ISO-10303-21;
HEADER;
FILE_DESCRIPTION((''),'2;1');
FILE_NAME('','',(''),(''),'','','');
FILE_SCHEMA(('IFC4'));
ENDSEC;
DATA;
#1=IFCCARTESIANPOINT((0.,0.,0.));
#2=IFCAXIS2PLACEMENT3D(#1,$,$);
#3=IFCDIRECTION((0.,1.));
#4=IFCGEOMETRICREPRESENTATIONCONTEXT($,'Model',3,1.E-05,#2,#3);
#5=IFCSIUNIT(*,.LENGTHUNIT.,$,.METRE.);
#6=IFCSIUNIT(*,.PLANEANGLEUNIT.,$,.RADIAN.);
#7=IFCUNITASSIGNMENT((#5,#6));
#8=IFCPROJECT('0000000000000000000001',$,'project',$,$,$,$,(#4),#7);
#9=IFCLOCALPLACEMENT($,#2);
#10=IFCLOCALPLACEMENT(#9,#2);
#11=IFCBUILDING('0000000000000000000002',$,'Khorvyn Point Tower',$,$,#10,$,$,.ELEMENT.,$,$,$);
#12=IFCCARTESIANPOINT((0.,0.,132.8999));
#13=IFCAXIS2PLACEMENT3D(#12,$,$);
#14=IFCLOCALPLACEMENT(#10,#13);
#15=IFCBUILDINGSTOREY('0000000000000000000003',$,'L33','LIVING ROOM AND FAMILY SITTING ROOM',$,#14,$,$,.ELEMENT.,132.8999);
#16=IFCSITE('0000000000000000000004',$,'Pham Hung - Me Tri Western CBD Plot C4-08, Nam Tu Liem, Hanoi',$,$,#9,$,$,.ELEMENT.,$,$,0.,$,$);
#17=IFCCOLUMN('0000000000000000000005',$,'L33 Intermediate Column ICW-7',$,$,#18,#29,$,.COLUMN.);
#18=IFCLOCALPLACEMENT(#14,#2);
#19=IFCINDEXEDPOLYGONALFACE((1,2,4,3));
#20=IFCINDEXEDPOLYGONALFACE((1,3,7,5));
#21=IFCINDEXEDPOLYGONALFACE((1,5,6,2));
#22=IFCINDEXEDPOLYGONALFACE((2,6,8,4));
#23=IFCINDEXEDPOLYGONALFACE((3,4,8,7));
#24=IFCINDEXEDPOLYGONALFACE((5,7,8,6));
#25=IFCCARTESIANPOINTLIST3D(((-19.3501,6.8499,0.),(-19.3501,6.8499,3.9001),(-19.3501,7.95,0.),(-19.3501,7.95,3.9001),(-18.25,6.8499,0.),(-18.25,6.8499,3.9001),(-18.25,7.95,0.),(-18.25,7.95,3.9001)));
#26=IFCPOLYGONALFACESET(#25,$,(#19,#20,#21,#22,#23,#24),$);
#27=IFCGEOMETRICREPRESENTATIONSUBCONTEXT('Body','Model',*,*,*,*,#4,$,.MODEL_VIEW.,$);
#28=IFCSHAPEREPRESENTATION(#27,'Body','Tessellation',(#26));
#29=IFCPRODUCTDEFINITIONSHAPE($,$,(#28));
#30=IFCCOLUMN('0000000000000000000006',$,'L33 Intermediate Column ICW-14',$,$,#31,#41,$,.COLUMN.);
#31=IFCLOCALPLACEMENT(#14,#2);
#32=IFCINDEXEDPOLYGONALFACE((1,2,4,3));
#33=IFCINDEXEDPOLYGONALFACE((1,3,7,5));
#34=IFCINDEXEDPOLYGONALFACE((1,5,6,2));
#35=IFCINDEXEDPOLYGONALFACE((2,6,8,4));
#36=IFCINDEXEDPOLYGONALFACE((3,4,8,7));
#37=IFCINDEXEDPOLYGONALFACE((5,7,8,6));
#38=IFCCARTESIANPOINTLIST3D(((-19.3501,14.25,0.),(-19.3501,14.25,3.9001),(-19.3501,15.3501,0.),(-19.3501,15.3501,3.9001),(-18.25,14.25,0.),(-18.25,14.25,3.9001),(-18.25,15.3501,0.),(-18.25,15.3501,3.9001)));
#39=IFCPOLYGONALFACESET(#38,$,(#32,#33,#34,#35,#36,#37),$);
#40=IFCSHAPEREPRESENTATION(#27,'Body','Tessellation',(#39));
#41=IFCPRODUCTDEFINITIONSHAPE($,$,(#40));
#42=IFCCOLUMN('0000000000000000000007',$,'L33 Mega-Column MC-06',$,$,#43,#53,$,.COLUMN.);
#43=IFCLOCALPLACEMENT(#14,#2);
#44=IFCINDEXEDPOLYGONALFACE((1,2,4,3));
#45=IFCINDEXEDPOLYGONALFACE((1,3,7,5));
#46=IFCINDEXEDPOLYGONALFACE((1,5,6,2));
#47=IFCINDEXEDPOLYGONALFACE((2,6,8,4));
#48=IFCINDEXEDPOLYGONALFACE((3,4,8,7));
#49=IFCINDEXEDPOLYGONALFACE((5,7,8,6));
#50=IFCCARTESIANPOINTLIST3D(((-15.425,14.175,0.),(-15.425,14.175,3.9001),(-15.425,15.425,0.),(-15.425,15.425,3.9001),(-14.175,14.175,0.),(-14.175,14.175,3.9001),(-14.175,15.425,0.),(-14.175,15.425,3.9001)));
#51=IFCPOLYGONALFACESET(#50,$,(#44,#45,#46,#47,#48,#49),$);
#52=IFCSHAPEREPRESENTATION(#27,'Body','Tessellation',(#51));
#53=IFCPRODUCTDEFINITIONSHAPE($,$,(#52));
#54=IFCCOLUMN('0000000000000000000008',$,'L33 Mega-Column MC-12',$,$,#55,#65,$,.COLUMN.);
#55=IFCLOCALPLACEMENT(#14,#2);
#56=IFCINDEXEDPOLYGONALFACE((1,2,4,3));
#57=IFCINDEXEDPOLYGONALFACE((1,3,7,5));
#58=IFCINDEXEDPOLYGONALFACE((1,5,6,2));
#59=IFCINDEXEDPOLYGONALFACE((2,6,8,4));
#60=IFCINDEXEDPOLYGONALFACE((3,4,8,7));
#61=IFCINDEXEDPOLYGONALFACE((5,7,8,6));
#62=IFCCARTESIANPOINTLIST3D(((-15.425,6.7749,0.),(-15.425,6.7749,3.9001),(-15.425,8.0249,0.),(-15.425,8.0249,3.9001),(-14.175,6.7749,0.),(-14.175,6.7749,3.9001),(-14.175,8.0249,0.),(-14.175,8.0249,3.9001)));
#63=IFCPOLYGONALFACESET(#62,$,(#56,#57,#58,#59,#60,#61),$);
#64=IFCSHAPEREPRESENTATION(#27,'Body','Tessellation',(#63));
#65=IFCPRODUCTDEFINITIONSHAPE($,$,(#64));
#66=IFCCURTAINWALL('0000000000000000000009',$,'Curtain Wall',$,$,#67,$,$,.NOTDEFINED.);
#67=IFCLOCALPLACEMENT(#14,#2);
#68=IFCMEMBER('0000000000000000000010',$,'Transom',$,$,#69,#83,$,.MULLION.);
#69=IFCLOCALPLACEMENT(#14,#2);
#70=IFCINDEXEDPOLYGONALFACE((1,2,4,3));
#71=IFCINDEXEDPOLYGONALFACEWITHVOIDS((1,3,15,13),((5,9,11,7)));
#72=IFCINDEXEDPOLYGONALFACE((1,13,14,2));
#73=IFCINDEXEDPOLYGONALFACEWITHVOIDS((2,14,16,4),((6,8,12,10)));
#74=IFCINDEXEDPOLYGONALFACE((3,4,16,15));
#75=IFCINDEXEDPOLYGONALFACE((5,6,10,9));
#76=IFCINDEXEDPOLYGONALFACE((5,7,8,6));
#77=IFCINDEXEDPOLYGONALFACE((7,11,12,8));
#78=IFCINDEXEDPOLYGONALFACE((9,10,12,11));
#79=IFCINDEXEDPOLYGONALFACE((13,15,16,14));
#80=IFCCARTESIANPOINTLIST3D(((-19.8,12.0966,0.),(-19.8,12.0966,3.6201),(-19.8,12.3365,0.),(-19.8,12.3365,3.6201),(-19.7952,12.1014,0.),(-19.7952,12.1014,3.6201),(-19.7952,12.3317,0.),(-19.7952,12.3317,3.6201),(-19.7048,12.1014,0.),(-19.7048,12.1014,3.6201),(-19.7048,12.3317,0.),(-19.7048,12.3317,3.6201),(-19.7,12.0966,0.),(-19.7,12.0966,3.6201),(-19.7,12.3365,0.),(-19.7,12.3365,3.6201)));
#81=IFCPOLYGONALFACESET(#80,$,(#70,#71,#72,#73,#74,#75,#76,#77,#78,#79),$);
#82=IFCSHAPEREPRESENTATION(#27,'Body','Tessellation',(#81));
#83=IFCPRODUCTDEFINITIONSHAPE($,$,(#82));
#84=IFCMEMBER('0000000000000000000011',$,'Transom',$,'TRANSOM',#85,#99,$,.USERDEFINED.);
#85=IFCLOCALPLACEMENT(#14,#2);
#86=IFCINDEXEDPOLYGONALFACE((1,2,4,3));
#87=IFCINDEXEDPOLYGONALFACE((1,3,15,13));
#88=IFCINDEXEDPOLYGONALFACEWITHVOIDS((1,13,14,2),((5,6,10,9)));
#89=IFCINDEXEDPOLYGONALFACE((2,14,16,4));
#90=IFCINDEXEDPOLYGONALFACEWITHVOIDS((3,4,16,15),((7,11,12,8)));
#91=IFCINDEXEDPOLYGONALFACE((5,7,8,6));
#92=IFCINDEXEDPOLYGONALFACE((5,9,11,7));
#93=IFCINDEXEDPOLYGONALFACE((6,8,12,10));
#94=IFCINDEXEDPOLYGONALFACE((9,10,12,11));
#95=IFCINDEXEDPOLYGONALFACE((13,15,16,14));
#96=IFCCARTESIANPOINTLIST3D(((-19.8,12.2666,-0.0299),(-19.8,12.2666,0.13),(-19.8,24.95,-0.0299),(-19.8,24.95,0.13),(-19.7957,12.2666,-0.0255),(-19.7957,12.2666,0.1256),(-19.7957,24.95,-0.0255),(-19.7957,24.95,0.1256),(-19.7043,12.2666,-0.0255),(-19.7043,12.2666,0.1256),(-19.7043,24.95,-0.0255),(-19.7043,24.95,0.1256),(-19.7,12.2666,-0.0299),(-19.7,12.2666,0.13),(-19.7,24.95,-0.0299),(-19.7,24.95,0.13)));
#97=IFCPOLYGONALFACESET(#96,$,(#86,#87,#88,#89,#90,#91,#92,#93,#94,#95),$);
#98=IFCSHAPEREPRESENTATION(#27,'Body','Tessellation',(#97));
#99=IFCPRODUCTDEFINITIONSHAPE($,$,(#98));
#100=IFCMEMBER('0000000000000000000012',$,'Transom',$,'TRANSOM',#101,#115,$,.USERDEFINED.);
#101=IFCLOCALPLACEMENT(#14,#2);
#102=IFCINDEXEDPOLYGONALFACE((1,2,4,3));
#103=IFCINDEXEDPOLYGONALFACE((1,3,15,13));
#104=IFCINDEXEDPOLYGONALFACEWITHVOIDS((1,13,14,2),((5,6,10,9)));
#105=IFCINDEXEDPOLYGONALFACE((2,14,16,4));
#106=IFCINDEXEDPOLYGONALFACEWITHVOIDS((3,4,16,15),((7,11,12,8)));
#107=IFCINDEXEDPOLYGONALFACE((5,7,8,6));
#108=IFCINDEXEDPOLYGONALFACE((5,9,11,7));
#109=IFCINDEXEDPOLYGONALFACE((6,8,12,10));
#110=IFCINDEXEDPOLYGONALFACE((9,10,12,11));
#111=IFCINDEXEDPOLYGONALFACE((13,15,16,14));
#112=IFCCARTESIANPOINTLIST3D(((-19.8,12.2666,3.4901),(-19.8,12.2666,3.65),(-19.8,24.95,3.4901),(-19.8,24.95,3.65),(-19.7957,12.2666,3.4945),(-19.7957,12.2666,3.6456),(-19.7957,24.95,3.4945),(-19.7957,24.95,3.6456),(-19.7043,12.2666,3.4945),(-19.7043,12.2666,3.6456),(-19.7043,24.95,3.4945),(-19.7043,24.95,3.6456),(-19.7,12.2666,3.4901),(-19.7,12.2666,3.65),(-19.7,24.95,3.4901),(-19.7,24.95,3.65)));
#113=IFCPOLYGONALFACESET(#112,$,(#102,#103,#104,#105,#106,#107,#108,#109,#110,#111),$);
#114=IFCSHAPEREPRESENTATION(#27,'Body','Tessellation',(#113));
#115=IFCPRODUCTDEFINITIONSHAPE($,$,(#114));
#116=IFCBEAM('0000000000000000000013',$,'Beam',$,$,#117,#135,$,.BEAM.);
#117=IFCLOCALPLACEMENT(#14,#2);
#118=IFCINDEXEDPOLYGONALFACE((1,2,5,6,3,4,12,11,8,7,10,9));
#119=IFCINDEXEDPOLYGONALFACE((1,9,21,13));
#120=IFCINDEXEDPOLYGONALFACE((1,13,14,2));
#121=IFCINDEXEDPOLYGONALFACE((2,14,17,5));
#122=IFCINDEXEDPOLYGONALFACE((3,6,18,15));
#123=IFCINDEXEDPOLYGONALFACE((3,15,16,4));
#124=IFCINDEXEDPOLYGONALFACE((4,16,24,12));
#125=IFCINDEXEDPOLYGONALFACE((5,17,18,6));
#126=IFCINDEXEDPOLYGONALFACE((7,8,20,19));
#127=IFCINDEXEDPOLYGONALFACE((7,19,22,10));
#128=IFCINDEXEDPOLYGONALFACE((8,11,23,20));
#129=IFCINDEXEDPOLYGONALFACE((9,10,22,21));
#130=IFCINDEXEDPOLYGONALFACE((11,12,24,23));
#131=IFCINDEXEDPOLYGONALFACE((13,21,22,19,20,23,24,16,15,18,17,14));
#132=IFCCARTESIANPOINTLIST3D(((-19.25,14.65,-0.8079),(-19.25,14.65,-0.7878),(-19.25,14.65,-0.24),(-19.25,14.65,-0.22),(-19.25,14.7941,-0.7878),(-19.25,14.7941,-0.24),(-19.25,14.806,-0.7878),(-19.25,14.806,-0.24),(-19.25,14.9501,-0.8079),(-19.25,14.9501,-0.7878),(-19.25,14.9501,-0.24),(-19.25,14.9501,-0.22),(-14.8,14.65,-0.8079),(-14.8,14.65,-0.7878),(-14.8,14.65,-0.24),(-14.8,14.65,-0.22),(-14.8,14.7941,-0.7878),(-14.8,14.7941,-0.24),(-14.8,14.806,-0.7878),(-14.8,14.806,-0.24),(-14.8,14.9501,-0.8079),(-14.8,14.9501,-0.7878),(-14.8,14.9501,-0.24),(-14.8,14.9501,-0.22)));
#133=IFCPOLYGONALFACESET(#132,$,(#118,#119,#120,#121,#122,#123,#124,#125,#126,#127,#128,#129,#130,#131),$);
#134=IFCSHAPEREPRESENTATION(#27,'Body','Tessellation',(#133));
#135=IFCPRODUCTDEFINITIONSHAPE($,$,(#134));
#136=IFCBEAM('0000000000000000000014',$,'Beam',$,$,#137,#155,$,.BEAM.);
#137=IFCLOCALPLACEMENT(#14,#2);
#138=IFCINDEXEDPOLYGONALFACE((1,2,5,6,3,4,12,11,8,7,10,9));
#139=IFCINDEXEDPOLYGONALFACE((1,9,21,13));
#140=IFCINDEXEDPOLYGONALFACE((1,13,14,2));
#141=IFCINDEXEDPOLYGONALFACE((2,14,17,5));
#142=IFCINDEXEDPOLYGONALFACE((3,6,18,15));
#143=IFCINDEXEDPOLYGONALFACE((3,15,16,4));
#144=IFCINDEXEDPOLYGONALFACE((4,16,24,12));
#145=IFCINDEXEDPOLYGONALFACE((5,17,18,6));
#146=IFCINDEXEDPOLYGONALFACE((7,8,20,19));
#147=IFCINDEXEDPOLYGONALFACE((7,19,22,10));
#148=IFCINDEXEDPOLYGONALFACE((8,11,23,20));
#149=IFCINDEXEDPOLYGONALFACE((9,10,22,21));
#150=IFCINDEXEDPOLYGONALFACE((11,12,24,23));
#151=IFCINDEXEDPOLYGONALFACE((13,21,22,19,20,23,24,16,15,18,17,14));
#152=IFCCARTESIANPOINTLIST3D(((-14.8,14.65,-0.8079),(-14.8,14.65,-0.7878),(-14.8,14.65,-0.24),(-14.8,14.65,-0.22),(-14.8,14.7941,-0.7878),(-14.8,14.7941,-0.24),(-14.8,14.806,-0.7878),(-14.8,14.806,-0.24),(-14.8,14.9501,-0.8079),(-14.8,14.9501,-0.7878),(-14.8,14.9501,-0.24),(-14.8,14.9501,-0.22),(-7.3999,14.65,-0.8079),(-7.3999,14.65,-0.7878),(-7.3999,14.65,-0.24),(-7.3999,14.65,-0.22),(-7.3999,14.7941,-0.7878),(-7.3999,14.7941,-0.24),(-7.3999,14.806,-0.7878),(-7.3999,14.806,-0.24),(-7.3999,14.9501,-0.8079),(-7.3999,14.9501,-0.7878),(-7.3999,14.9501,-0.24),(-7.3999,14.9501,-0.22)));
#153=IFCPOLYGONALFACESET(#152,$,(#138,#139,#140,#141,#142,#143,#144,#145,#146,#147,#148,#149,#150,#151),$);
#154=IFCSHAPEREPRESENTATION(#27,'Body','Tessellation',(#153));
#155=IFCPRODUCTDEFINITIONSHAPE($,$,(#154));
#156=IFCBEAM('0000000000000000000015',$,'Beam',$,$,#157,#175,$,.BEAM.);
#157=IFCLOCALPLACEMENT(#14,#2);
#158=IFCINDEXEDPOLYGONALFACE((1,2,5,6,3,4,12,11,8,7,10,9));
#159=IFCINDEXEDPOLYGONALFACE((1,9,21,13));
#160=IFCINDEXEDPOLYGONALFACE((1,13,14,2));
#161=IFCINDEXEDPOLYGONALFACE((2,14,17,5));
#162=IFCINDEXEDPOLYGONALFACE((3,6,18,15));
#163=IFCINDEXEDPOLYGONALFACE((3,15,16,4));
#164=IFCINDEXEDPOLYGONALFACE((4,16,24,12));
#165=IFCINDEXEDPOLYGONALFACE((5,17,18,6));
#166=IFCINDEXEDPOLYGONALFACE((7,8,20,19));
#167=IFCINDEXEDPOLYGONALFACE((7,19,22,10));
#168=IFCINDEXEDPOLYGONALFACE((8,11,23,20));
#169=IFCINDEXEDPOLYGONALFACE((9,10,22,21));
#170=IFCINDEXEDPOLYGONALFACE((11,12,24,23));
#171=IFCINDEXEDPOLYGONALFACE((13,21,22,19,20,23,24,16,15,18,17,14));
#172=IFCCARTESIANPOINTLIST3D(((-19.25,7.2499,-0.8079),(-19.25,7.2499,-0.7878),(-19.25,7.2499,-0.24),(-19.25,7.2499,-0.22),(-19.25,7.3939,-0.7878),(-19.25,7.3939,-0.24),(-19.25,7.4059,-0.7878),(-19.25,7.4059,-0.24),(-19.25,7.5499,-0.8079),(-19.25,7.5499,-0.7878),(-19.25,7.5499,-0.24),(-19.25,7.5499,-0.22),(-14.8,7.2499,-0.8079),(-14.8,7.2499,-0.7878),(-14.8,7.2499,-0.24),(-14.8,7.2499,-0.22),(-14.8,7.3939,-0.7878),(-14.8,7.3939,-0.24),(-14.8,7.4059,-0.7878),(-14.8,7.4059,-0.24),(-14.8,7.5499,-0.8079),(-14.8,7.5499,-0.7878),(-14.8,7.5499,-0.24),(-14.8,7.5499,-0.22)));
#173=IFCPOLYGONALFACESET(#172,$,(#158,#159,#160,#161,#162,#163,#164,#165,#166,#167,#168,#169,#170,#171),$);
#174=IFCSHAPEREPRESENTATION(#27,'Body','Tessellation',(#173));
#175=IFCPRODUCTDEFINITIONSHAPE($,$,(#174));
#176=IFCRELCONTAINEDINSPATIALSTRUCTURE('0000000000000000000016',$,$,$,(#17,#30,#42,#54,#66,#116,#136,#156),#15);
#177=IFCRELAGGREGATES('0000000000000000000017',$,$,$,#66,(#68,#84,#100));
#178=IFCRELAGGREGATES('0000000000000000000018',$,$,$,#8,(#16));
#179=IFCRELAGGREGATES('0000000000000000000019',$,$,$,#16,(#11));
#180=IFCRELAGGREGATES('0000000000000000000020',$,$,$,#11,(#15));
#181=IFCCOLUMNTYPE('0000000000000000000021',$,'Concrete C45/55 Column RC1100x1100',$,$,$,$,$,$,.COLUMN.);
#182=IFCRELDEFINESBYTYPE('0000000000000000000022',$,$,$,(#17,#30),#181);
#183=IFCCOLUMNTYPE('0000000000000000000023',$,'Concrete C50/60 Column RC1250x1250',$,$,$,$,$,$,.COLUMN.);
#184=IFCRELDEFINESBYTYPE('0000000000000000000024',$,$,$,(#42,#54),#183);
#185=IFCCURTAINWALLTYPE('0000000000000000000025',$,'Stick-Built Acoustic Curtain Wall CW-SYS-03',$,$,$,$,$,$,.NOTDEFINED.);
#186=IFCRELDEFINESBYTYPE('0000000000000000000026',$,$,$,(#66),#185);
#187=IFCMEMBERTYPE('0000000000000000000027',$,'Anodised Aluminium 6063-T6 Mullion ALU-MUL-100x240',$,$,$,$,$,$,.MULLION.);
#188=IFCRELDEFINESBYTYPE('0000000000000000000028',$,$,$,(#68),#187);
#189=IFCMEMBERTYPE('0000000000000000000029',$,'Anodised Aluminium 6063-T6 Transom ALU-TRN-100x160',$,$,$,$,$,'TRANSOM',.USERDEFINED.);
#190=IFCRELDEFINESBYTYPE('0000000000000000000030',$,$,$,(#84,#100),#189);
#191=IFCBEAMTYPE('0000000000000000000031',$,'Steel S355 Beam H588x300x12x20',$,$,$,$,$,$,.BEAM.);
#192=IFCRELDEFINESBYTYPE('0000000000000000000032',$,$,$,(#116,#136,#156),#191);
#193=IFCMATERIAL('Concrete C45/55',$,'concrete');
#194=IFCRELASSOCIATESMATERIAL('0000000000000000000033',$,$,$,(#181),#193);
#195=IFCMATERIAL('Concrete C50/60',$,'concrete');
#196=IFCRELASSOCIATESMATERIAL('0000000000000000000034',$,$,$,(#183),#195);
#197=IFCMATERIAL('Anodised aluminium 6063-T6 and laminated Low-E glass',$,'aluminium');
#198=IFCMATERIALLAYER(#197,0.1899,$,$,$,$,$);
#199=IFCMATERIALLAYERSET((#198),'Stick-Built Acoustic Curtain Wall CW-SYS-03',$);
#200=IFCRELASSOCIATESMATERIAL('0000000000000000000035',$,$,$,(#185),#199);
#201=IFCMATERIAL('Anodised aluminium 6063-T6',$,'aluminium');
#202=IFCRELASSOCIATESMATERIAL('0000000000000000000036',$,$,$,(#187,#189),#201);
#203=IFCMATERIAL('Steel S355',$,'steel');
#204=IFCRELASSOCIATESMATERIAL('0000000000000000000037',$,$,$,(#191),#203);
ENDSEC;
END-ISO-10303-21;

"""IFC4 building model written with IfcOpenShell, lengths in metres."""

from ifc_helpers import new_model, si_unit, direction, frame, origin, origin_2d, place, context, subcontext, project, spatial, rectangle, hollow_rectangle, i_section, extrude, material, layer, layer_set, material_profile, profile_set, type_object, element, aggregate, save


model = new_model("IFC4")

# Units and contexts
model_context = context("Model", 3, precision=1e-05, world=origin(), true_north=direction((0.0, 1.0)))
body_context = subcontext(model_context, "Body", "Model", "MODEL_VIEW")
ifc_project = project(units=[si_unit("LENGTHUNIT", "METRE"), si_unit("PLANEANGLEUNIT", "RADIAN")], contexts=[model_context])

# Site, building, storey
site_placement = place(None, origin())
site = spatial("IfcSite", under=ifc_project, at=site_placement, Name="Pham Hung - Me Tri Western CBD Plot C4-08, Nam Tu Liem, Hanoi", CompositionType="ELEMENT", RefElevation=0.0)
building_placement = place(site_placement, origin())
building = spatial("IfcBuilding", under=site, at=building_placement, Name="Khorvyn Point Tower", CompositionType="ELEMENT")
storey_placement = place(building_placement, frame((0.0, 0.0, 132.8999)))
storey = spatial("IfcBuildingStorey", under=building, at=storey_placement, Name="L33", Description="LIVING ROOM AND FAMILY SITTING ROOM", CompositionType="ELEMENT", Elevation=132.8999)

# Columns
ifc_material_1 = material(Name="Concrete C45/55", Category="concrete")
ifc_material_profile_1 = material_profile(ifc_material_1, rectangle(XDim=1.1001, YDim=1.1001, at=origin_2d()))
ifc_profile_set_1 = profile_set([ifc_material_profile_1], Name="Concrete C45/55 RC1100x1100")
column_type_1 = type_object("IfcColumnType", Name="Concrete C45/55 Column RC1100x1100", PredefinedType="COLUMN", material=ifc_profile_set_1)
for number, where, z_axis, x_axis, name in (
    (1, (-18.8, 7.3999, 0.0), (0.0, 0.0, 1.0), (1.0, 0.0, 0.0), "L33 Intermediate Column ICW-7"),
    (2, (-18.8, 14.8, 0.0), (0.0, 0.0, 1.0), (1.0, 0.0, 0.0), "L33 Intermediate Column ICW-14"),
):
    element("IfcColumn", number, at=place(storey_placement, frame(where, z_axis=z_axis, x_axis=x_axis)), inside=storey, type_object=column_type_1, Name=name, PredefinedType="COLUMN", context=body_context, shape_type="SweptSolid", body=[
        extrude(rectangle(XDim=1.1001, YDim=1.1001, at=origin_2d()), origin(), (0.0, 0.0, 1.0), 3.9001),
    ])
ifc_material_2 = material(Name="Concrete C50/60", Category="concrete")
ifc_material_profile_2 = material_profile(ifc_material_2, rectangle(XDim=1.25, YDim=1.25, at=origin_2d()))
ifc_profile_set_2 = profile_set([ifc_material_profile_2], Name="Concrete C50/60 RC1250x1250")
column_type_2 = type_object("IfcColumnType", Name="Concrete C50/60 Column RC1250x1250", PredefinedType="COLUMN", material=ifc_profile_set_2)
for number, where, z_axis, x_axis, name in (
    (3, (-14.8, 14.8, 0.0), (0.0, 0.0, 1.0), (1.0, 0.0, 0.0), "L33 Mega-Column MC-06"),
    (4, (-14.8, 7.3999, 0.0), (0.0, 0.0, 1.0), (1.0, 0.0, 0.0), "L33 Mega-Column MC-12"),
):
    element("IfcColumn", number, at=place(storey_placement, frame(where, z_axis=z_axis, x_axis=x_axis)), inside=storey, type_object=column_type_2, Name=name, PredefinedType="COLUMN", context=body_context, shape_type="SweptSolid", body=[
        extrude(rectangle(XDim=1.25, YDim=1.25, at=origin_2d()), origin(), (0.0, 0.0, 1.0), 3.9001),
    ])

# Curtain wall, members
ifc_material_3 = material(Name="Anodised aluminium 6063-T6 and laminated Low-E glass", Category="aluminium")
ifc_layer_1 = layer(ifc_material_3, 0.1899)
ifc_layer_set_1 = layer_set([ifc_layer_1], Name="Stick-Built Acoustic Curtain Wall CW-SYS-03")
curtain_wall_type = type_object("IfcCurtainWallType", Name="Stick-Built Acoustic Curtain Wall CW-SYS-03", PredefinedType="NOTDEFINED", material=ifc_layer_set_1)
curtain_wall_placement = place(storey_placement, origin())
curtain_wall = element("IfcCurtainWall", 5, at=curtain_wall_placement, inside=storey, type_object=curtain_wall_type, Name="Curtain Wall", PredefinedType="NOTDEFINED")
ifc_material_4 = material(Name="Anodised aluminium 6063-T6", Category="aluminium")
ifc_material_profile_3 = material_profile(ifc_material_4, hollow_rectangle(XDim=0.1001, YDim=0.24, WallThickness=0.0049, at=origin_2d()))
ifc_profile_set_3 = profile_set([ifc_material_profile_3], Name="Anodised aluminium 6063-T6 ALU-MUL-100x240")
member_type_1 = type_object("IfcMemberType", Name="Anodised Aluminium 6063-T6 Mullion ALU-MUL-100x240", PredefinedType="MULLION", material=ifc_profile_set_3)
member_1_placement = place(storey_placement, frame((-19.75, 12.2166, 0.0), z_axis=(0.0, 0.0, 1.0), x_axis=(-1.0, 0.0, 0.0)))
member_1 = element("IfcMember", 6, at=member_1_placement, type_object=member_type_1, Name="Transom", PredefinedType="MULLION", context=body_context, shape_type="SweptSolid", body=[
    extrude(hollow_rectangle(XDim=0.1001, YDim=0.24, WallThickness=0.0049, at=origin_2d()), origin(), (0.0, 0.0, 1.0), 3.6201),
])
ifc_material_profile_4 = material_profile(ifc_material_4, hollow_rectangle(XDim=0.1001, YDim=0.1599, WallThickness=0.0044, at=origin_2d()))
ifc_profile_set_4 = profile_set([ifc_material_profile_4], Name="Anodised aluminium 6063-T6 ALU-TRN-100x160")
member_type_2 = type_object("IfcMemberType", Name="Anodised Aluminium 6063-T6 Transom ALU-TRN-100x160", ElementType="TRANSOM", PredefinedType="USERDEFINED", material=ifc_profile_set_4)
member_2_placement = place(storey_placement, frame((-19.75, 12.2666, 0.05), z_axis=(0.0, 1.0, 0.0), x_axis=(-1.0, 0.0, 0.0)))
member_2 = element("IfcMember", 7, at=member_2_placement, type_object=member_type_2, Name="Transom", ObjectType="TRANSOM", PredefinedType="USERDEFINED", context=body_context, shape_type="SweptSolid", body=[
    extrude(hollow_rectangle(XDim=0.1001, YDim=0.1599, WallThickness=0.0044, at=origin_2d()), origin(), (0.0, 0.0, 1.0), 12.6833),
])
member_3_placement = place(storey_placement, frame((-19.75, 12.2666, 3.5701), z_axis=(0.0, 1.0, 0.0), x_axis=(-1.0, 0.0, 0.0)))
member_3 = element("IfcMember", 8, at=member_3_placement, type_object=member_type_2, Name="Transom", ObjectType="TRANSOM", PredefinedType="USERDEFINED", context=body_context, shape_type="SweptSolid", body=[
    extrude(hollow_rectangle(XDim=0.1001, YDim=0.1599, WallThickness=0.0044, at=origin_2d()), origin(), (0.0, 0.0, 1.0), 12.6833),
])

# Beams
ifc_material_5 = material(Name="Steel S355", Category="steel")
ifc_material_profile_5 = material_profile(ifc_material_5, i_section(OverallWidth=0.3, OverallDepth=0.5879, WebThickness=0.012, FlangeThickness=0.02, at=origin_2d()))
ifc_profile_set_5 = profile_set([ifc_material_profile_5], Name="Steel S355 H588x300x12x20")
beam_type_1 = type_object("IfcBeamType", Name="Steel S355 Beam H588x300x12x20", PredefinedType="BEAM", material=ifc_profile_set_5)
beam_1_placement = place(storey_placement, frame((-19.25, 14.8, -0.5139), z_axis=(1.0, 0.0, 0.0), x_axis=(0.0, 1.0, 0.0)))
element("IfcBeam", 9, at=beam_1_placement, inside=storey, type_object=beam_type_1, Name="Beam", PredefinedType="BEAM", context=body_context, shape_type="SweptSolid", body=[
    extrude(i_section(OverallWidth=0.3, OverallDepth=0.5879, WebThickness=0.012, FlangeThickness=0.02, at=origin_2d()), origin(), (0.0, 0.0, 1.0), 4.45),
])
beam_2_placement = place(storey_placement, frame((-14.8, 14.8, -0.5139), z_axis=(1.0, 0.0, 0.0), x_axis=(0.0, 1.0, 0.0)))
element("IfcBeam", 10, at=beam_2_placement, inside=storey, type_object=beam_type_1, Name="Beam", PredefinedType="BEAM", context=body_context, shape_type="SweptSolid", body=[
    extrude(i_section(OverallWidth=0.3, OverallDepth=0.5879, WebThickness=0.012, FlangeThickness=0.02, at=origin_2d()), origin(), (0.0, 0.0, 1.0), 7.4001),
])
beam_3_placement = place(storey_placement, frame((-19.25, 7.3999, -0.5139), z_axis=(1.0, 0.0, 0.0), x_axis=(0.0, 1.0, 0.0)))
element("IfcBeam", 11, at=beam_3_placement, inside=storey, type_object=beam_type_1, Name="Beam", PredefinedType="BEAM", context=body_context, shape_type="SweptSolid", body=[
    extrude(i_section(OverallWidth=0.3, OverallDepth=0.5879, WebThickness=0.012, FlangeThickness=0.02, at=origin_2d()), origin(), (0.0, 0.0, 1.0), 4.45),
])

aggregate(curtain_wall, [member_1, member_2, member_3])

save(model, "model.ifc")
